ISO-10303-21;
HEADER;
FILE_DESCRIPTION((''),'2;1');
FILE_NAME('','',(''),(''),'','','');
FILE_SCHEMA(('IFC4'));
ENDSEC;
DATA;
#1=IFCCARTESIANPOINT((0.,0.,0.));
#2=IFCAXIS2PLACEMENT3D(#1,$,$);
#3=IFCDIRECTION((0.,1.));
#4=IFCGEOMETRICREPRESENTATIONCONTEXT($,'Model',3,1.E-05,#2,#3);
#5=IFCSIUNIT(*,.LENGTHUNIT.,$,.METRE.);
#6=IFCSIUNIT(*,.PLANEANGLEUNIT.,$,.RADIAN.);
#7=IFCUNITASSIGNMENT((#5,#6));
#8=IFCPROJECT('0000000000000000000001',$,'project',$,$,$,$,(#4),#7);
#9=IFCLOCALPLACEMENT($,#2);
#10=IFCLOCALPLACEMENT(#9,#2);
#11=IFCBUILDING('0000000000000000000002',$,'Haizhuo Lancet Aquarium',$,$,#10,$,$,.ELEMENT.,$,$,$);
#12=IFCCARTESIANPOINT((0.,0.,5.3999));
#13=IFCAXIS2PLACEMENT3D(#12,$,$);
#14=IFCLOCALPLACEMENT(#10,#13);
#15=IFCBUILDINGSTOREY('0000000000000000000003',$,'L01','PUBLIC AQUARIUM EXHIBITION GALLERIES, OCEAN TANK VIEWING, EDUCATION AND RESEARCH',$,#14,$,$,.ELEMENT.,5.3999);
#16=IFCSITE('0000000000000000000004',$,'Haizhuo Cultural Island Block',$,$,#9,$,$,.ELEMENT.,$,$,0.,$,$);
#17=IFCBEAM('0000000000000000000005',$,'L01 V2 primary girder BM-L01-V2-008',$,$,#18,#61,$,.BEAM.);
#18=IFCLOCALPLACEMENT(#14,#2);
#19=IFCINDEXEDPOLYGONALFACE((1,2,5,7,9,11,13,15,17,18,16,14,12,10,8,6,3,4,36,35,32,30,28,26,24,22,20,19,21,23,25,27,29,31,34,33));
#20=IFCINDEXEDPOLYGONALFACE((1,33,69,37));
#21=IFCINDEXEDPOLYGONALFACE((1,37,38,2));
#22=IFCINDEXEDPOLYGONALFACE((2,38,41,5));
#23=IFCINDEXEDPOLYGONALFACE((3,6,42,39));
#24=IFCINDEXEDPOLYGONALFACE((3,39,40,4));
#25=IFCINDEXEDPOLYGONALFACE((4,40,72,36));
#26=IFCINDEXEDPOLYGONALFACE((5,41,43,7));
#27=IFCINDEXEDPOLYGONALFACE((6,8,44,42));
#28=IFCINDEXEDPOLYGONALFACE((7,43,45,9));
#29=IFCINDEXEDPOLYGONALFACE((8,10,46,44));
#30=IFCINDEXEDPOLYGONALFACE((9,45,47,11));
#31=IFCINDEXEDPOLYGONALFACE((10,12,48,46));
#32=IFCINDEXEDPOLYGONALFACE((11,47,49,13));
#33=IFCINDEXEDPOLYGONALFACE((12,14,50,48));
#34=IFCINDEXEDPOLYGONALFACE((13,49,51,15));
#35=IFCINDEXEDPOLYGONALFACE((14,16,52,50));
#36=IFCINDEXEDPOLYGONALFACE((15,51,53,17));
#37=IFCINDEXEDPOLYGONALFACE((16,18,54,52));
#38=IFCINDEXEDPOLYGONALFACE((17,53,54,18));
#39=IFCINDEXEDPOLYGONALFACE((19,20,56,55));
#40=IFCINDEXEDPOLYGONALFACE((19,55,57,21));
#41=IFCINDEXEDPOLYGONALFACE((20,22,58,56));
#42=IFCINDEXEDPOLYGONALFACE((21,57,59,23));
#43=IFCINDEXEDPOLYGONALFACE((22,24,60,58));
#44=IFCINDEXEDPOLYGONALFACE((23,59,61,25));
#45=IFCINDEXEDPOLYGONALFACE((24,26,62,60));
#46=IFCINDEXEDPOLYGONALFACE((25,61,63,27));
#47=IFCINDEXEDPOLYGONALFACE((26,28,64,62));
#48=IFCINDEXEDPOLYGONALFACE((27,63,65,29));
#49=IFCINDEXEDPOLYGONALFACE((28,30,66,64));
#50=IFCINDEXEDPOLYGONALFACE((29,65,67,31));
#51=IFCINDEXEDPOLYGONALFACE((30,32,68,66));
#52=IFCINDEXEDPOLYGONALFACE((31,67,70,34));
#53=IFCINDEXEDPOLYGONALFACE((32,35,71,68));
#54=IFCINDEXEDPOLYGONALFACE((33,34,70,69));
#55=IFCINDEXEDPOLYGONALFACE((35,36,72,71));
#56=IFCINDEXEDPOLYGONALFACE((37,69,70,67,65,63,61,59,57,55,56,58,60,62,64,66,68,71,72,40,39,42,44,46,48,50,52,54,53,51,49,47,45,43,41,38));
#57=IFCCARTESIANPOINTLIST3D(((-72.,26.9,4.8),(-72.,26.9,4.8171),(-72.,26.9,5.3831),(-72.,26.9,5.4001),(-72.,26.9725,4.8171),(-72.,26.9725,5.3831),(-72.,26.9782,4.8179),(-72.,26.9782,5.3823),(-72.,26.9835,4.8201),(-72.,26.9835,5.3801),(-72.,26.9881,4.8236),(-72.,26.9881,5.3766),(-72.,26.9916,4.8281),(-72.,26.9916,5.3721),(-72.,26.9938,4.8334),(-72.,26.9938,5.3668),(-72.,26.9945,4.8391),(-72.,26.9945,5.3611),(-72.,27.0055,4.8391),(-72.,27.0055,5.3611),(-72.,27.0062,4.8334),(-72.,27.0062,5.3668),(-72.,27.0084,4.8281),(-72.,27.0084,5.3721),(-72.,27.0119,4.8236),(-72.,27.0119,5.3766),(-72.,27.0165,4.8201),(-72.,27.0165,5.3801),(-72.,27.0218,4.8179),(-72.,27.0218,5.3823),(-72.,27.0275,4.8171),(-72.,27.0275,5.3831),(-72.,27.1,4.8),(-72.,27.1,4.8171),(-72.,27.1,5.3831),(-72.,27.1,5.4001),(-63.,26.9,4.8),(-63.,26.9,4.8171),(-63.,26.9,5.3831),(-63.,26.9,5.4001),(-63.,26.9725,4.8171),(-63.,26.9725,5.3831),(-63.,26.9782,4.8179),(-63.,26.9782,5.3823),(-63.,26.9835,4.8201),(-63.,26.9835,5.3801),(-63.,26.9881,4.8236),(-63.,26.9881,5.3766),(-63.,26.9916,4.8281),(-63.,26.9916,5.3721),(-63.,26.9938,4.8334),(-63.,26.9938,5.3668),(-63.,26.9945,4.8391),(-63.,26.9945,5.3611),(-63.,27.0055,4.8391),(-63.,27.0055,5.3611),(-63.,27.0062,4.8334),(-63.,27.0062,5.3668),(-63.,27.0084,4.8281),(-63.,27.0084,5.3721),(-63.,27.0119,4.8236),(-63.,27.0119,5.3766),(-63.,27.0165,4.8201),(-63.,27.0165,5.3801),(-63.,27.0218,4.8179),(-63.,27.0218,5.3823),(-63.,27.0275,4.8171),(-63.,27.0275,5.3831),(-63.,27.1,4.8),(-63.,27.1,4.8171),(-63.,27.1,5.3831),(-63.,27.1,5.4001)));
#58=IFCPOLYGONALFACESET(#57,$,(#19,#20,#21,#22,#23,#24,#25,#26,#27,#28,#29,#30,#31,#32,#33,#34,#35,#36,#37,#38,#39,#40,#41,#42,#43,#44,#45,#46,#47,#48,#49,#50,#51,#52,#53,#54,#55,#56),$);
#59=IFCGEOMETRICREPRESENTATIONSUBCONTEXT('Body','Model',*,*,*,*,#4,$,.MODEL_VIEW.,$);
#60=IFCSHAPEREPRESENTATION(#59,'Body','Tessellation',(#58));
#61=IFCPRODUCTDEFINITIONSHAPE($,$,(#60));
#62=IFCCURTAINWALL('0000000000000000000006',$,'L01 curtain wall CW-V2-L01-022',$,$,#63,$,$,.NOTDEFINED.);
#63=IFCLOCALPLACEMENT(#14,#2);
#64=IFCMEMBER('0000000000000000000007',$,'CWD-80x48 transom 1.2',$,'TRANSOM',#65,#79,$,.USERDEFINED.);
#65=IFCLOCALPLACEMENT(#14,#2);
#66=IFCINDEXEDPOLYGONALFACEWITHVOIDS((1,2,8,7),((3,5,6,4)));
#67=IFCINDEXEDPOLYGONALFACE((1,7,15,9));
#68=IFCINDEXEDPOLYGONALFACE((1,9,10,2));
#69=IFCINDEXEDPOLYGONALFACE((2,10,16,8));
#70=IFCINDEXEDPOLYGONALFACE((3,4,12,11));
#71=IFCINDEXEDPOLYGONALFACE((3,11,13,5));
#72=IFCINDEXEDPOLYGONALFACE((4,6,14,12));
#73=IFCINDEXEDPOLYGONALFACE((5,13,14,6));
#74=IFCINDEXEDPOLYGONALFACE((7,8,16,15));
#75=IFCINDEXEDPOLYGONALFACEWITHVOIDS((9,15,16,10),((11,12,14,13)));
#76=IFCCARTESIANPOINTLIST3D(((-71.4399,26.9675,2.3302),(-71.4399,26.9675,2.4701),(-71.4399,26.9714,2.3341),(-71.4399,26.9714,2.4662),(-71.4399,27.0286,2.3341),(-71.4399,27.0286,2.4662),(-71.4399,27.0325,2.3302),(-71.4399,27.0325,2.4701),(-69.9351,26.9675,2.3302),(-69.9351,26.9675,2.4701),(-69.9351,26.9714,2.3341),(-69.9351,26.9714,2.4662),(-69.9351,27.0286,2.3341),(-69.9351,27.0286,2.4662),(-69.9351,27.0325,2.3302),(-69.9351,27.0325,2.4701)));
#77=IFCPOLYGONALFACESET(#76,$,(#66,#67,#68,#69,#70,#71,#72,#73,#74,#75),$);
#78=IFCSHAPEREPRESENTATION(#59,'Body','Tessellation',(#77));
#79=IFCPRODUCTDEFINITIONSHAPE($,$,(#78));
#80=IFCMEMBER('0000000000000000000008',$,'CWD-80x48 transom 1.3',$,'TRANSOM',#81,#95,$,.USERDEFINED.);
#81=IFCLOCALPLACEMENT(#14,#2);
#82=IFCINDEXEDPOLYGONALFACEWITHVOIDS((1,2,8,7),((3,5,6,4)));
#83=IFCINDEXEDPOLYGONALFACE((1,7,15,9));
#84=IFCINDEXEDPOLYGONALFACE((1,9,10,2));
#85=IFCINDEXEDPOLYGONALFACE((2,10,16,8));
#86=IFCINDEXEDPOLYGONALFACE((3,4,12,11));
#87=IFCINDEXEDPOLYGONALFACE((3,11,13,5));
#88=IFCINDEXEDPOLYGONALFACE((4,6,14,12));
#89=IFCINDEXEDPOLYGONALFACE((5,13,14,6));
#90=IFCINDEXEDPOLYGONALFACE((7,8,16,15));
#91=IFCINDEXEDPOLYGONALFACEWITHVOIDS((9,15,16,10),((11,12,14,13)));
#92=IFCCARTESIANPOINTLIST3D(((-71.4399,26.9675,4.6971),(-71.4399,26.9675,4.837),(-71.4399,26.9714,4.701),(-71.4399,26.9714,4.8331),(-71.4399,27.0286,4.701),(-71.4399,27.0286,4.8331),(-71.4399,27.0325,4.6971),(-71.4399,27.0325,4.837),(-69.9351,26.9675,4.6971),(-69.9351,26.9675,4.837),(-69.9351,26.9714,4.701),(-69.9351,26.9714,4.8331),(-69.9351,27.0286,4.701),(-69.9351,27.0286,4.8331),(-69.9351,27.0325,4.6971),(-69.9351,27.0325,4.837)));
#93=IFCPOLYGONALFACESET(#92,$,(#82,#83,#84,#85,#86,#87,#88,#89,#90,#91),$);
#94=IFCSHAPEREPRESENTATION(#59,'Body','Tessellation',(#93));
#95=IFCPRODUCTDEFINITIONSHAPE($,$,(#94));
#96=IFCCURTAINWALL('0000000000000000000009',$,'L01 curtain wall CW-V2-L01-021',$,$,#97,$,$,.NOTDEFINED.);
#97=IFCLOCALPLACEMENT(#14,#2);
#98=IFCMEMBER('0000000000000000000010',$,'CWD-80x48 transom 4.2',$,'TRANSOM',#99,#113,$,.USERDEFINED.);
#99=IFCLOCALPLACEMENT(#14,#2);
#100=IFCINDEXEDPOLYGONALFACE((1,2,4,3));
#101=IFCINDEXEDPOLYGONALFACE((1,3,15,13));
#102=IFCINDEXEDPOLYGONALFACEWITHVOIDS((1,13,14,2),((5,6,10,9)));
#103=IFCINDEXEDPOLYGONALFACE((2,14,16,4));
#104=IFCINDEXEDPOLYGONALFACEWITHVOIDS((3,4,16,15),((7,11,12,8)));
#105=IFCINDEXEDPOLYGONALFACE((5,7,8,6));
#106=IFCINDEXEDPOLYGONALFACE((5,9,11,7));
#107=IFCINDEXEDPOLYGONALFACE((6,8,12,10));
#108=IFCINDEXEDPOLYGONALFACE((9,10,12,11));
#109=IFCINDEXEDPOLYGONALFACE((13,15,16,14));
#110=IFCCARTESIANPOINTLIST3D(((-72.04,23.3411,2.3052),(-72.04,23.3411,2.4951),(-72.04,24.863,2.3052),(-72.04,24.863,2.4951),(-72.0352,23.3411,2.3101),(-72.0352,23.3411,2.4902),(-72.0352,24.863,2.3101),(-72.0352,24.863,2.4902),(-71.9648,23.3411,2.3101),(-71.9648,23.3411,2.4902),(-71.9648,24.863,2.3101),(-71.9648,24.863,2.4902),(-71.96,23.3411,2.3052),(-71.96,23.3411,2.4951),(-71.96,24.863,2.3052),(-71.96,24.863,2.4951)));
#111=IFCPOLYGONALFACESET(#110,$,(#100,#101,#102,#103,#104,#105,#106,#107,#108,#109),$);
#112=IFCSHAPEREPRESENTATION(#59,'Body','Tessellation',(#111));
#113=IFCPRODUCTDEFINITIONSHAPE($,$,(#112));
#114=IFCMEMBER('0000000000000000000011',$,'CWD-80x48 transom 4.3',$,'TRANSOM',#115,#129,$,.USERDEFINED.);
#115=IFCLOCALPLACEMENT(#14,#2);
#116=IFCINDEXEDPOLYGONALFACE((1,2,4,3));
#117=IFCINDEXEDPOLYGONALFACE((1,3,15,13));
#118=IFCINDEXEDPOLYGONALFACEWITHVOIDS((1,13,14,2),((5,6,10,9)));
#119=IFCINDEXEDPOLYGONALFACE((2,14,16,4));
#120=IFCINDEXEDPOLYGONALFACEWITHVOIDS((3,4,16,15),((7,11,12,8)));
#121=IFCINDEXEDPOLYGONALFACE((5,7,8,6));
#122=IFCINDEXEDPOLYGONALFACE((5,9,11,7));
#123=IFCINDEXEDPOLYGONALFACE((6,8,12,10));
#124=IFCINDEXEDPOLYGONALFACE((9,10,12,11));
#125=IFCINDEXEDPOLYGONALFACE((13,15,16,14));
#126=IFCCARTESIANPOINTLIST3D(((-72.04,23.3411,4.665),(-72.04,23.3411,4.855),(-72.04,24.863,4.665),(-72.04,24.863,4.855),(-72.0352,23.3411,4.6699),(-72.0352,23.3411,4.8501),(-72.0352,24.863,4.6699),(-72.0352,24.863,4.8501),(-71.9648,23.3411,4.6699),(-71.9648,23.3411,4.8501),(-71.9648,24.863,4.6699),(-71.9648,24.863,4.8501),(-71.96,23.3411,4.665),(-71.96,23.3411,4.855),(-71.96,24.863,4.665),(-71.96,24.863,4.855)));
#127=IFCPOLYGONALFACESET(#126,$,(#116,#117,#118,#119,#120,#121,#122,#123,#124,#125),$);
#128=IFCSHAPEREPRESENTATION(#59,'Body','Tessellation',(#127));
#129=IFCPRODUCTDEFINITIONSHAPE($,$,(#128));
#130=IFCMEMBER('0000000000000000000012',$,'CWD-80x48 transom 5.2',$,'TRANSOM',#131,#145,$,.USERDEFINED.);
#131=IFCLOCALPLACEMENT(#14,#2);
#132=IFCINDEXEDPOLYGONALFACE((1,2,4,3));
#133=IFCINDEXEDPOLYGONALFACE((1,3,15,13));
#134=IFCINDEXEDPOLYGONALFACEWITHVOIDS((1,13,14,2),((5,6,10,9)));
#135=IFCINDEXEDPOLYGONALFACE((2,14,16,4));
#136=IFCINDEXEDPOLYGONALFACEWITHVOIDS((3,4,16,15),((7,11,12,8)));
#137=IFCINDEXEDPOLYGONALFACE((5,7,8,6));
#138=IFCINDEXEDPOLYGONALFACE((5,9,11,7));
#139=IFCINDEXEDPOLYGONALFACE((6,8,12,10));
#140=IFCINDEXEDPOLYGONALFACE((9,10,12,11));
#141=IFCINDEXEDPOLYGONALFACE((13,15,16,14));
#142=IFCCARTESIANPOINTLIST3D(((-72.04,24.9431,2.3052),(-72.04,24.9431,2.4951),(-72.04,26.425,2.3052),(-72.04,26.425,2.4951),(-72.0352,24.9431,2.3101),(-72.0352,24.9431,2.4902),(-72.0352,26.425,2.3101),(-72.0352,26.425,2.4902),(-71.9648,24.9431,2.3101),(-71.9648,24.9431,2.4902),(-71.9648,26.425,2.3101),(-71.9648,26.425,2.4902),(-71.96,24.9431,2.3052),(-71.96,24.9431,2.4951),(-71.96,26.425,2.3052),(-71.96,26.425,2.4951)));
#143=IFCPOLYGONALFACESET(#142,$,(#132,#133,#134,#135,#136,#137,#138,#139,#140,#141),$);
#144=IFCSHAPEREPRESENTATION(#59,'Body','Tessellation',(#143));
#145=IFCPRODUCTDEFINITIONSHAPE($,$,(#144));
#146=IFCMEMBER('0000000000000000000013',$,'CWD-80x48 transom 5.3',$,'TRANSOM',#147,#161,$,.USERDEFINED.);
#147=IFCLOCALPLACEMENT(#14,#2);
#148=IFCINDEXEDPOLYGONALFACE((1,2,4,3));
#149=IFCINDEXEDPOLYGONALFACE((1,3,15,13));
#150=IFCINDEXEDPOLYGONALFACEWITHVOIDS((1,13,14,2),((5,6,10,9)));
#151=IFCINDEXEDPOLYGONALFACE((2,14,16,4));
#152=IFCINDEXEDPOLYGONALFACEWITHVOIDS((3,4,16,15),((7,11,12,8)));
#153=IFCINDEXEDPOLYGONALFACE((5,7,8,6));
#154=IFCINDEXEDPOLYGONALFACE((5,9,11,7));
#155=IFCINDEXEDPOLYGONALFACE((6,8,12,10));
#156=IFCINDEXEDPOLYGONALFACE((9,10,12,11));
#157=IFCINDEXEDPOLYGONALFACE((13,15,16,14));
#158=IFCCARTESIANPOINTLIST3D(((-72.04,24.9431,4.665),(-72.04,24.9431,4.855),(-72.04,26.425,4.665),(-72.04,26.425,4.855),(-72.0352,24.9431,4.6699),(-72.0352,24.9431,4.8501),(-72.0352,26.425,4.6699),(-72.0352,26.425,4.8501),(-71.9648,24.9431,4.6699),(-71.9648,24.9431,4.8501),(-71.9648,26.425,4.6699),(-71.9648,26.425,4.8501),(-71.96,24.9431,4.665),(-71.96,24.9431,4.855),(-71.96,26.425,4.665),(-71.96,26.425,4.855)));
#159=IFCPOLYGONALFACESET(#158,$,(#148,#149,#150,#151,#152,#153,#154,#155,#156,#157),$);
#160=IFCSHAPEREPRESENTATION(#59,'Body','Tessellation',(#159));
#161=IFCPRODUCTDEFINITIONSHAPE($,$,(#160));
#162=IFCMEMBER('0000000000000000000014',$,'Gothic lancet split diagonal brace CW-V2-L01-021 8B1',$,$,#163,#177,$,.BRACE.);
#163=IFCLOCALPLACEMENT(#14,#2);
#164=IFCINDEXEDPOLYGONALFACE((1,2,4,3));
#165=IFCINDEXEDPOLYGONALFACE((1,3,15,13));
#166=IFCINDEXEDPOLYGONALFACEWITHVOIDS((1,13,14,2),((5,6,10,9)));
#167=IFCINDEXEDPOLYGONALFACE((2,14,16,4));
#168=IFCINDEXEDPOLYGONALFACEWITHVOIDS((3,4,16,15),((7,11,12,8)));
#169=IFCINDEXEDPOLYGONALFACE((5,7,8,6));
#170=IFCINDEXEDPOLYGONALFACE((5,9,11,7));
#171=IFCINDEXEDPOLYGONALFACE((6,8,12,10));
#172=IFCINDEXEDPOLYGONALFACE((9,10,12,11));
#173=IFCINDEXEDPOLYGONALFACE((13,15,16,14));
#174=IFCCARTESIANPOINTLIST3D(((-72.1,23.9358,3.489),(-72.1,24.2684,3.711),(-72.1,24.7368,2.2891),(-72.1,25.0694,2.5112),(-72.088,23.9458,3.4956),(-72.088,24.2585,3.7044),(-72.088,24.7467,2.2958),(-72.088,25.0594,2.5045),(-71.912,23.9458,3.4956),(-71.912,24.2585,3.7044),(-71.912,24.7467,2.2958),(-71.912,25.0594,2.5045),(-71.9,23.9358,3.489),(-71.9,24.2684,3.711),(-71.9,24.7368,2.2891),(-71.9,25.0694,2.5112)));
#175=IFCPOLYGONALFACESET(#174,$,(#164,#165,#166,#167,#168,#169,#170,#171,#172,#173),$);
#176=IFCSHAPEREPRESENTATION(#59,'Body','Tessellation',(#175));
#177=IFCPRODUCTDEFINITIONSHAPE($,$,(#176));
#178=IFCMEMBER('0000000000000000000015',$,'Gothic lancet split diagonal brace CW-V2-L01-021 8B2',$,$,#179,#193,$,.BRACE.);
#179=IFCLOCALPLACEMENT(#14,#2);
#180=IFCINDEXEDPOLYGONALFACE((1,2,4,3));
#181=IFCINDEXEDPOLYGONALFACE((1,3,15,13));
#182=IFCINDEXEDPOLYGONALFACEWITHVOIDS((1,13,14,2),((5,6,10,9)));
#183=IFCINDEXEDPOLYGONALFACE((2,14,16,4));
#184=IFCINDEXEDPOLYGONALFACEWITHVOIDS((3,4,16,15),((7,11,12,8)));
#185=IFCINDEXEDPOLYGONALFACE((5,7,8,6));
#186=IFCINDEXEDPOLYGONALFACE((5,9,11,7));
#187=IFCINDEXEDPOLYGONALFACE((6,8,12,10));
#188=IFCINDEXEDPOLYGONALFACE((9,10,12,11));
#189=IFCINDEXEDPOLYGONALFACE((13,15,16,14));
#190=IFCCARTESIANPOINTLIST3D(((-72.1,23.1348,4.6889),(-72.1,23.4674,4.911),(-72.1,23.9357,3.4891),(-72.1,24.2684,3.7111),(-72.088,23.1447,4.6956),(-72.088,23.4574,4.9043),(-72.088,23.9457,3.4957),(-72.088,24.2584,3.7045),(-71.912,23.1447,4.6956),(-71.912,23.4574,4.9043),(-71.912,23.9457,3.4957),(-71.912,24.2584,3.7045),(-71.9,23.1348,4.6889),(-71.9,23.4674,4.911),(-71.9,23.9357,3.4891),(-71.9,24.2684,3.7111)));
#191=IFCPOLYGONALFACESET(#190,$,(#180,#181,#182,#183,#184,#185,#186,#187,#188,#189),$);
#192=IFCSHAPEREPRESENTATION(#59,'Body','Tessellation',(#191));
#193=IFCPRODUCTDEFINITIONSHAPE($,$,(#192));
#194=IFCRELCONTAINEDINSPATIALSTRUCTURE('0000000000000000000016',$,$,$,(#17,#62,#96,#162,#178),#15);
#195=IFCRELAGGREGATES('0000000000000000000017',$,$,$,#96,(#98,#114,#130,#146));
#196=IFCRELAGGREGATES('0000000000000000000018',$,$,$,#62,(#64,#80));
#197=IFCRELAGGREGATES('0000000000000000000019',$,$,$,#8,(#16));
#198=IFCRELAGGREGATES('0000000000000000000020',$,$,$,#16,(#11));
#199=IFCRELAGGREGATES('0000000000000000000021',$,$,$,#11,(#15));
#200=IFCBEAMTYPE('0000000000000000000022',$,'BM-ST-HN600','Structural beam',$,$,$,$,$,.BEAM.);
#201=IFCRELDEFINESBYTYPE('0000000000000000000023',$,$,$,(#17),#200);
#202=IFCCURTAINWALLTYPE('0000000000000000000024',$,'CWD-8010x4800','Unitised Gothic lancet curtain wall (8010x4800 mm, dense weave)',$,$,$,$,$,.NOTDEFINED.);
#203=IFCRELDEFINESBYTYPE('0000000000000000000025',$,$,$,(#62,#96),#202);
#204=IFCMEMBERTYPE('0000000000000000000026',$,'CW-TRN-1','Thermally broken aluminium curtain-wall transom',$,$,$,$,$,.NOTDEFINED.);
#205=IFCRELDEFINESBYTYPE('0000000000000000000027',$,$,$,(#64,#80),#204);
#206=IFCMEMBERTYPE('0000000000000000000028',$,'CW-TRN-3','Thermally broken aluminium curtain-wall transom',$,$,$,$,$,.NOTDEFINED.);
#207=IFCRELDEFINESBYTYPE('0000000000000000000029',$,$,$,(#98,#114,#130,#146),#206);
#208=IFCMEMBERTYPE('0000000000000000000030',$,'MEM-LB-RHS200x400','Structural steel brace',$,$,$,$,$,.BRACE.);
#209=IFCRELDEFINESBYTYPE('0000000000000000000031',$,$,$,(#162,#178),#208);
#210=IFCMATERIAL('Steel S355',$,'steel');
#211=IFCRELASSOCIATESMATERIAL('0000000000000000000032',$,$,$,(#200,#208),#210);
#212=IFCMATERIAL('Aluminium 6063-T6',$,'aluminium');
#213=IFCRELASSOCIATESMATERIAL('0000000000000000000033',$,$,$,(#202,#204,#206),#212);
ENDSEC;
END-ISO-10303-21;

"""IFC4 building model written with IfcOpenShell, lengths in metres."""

from ifc_helpers import new_model, si_unit, direction, frame, origin, origin_2d, place, context, subcontext, project, spatial, hollow_rectangle, i_section, extrude, material, material_profile, profile_set, type_object, element, aggregate, save


model = new_model("IFC4")

# Units and contexts
model_context = context("Model", 3, precision=1e-05, world=origin(), true_north=direction((0.0, 1.0)))
body_context = subcontext(model_context, "Body", "Model", "MODEL_VIEW")
ifc_project = project(units=[si_unit("LENGTHUNIT", "METRE"), si_unit("PLANEANGLEUNIT", "RADIAN")], contexts=[model_context])

# Site, building, storey
site_placement = place(None, origin())
site = spatial("IfcSite", under=ifc_project, at=site_placement, Name="Haizhuo Cultural Island Block", CompositionType="ELEMENT", RefElevation=0.0)
building_placement = place(site_placement, origin())
building = spatial("IfcBuilding", under=site, at=building_placement, Name="Haizhuo Lancet Aquarium", CompositionType="ELEMENT")
storey_placement = place(building_placement, frame((0.0, 0.0, 5.3999)))
storey = spatial("IfcBuildingStorey", under=building, at=storey_placement, Name="L01", Description="PUBLIC AQUARIUM EXHIBITION GALLERIES, OCEAN TANK VIEWING, EDUCATION AND RESEARCH", CompositionType="ELEMENT", Elevation=5.3999)

# Beam
ifc_material_1 = material(Name="Steel S355", Category="steel")
ifc_material_profile_1 = material_profile(ifc_material_1, i_section(OverallWidth=0.2, OverallDepth=0.6001, WebThickness=0.011, FlangeThickness=0.0171, FilletRadius=0.022, at=origin_2d()), Name="HN 600x200x11x17")
ifc_profile_set_1 = profile_set([ifc_material_profile_1], Name="Steel S355")
beam_type = type_object("IfcBeamType", Name="BM-ST-HN600", Description="Structural beam", PredefinedType="BEAM", material=ifc_profile_set_1)
beam_placement = place(storey_placement, frame((-72.0, 27.0, 5.1001), z_axis=(1.0, 0.0, 0.0), x_axis=(0.0, 1.0, 0.0)))
element("IfcBeam", 1, at=beam_placement, inside=storey, type_object=beam_type, Name="L01 V2 primary girder BM-L01-V2-008", PredefinedType="BEAM", context=body_context, shape_type="SweptSolid", body=[
    extrude(i_section(OverallWidth=0.2, OverallDepth=0.6001, WebThickness=0.011, FlangeThickness=0.0171, FilletRadius=0.022, at=origin_2d()), origin(), (0.0, 0.0, 1.0), 9.0),
])

# Curtain walls, members
ifc_material_2 = material(Name="Aluminium 6063-T6", Category="aluminium")
curtain_wall_type = type_object("IfcCurtainWallType", Name="CWD-8010x4800", Description="Unitised Gothic lancet curtain wall (8010x4800 mm, dense weave)", PredefinedType="NOTDEFINED", material=ifc_material_2)
curtain_wall_1_placement = place(storey_placement, origin())
curtain_wall_1 = element("IfcCurtainWall", 2, at=curtain_wall_1_placement, inside=storey, type_object=curtain_wall_type, Name="L01 curtain wall CW-V2-L01-022", PredefinedType="NOTDEFINED")
ifc_material_profile_2 = material_profile(ifc_material_2, hollow_rectangle(XDim=0.0649, YDim=0.1399, WallThickness=0.0039, at=origin_2d()), Name="ALU-T 65x140x4")
ifc_profile_set_2 = profile_set([ifc_material_profile_2], Name="Aluminium 6063-T6")
member_type_1 = type_object("IfcMemberType", Name="CW-TRN-1", Description="Thermally broken aluminium curtain-wall transom", PredefinedType="NOTDEFINED", material=ifc_profile_set_2)
member_1_placement = place(storey_placement, frame((-71.4399, 27.0, 2.4001), z_axis=(1.0, 0.0, 0.0), x_axis=(0.0, 1.0, 0.0)))
member_1 = element("IfcMember", 3, at=member_1_placement, type_object=member_type_1, Name="CWD-80x48 transom 1.2", ObjectType="TRANSOM", PredefinedType="USERDEFINED", context=body_context, shape_type="SweptSolid", body=[
    extrude(hollow_rectangle(XDim=0.0649, YDim=0.1399, WallThickness=0.0039, at=origin_2d()), origin(), (0.0, 0.0, 1.0), 1.5049),
])
member_2_placement = place(storey_placement, frame((-71.4399, 27.0, 4.7671), z_axis=(1.0, 0.0, 0.0), x_axis=(0.0, 1.0, 0.0)))
member_2 = element("IfcMember", 4, at=member_2_placement, type_object=member_type_1, Name="CWD-80x48 transom 1.3", ObjectType="TRANSOM", PredefinedType="USERDEFINED", context=body_context, shape_type="SweptSolid", body=[
    extrude(hollow_rectangle(XDim=0.0649, YDim=0.1399, WallThickness=0.0039, at=origin_2d()), origin(), (0.0, 0.0, 1.0), 1.5049),
])
curtain_wall_2_placement = place(storey_placement, origin())
curtain_wall_2 = element("IfcCurtainWall", 5, at=curtain_wall_2_placement, inside=storey, type_object=curtain_wall_type, Name="L01 curtain wall CW-V2-L01-021", PredefinedType="NOTDEFINED")
ifc_material_profile_3 = material_profile(ifc_material_2, hollow_rectangle(XDim=0.0801, YDim=0.1899, WallThickness=0.0049, at=origin_2d()), Name="ALU-T 80x190x5")
ifc_profile_set_3 = profile_set([ifc_material_profile_3], Name="Aluminium 6063-T6")
member_type_2 = type_object("IfcMemberType", Name="CW-TRN-3", Description="Thermally broken aluminium curtain-wall transom", PredefinedType="NOTDEFINED", material=ifc_profile_set_3)
member_3_placement = place(storey_placement, frame((-72.0, 23.3411, 2.4001), z_axis=(0.0, 1.0, 0.0), x_axis=(-1.0, 0.0, 0.0)))
member_3 = element("IfcMember", 6, at=member_3_placement, type_object=member_type_2, Name="CWD-80x48 transom 4.2", ObjectType="TRANSOM", PredefinedType="USERDEFINED", context=body_context, shape_type="SweptSolid", body=[
    extrude(hollow_rectangle(XDim=0.0801, YDim=0.1899, WallThickness=0.0049, at=origin_2d()), origin(), (0.0, 0.0, 1.0), 1.522),
])
member_4_placement = place(storey_placement, frame((-72.0, 23.3411, 4.76), z_axis=(0.0, 1.0, 0.0), x_axis=(-1.0, 0.0, 0.0)))
member_4 = element("IfcMember", 7, at=member_4_placement, type_object=member_type_2, Name="CWD-80x48 transom 4.3", ObjectType="TRANSOM", PredefinedType="USERDEFINED", context=body_context, shape_type="SweptSolid", body=[
    extrude(hollow_rectangle(XDim=0.0801, YDim=0.1899, WallThickness=0.0049, at=origin_2d()), origin(), (0.0, 0.0, 1.0), 1.522),
])
member_5_placement = place(storey_placement, frame((-72.0, 24.9431, 2.4001), z_axis=(0.0, 1.0, 0.0), x_axis=(-1.0, 0.0, 0.0)))
member_5 = element("IfcMember", 8, at=member_5_placement, type_object=member_type_2, Name="CWD-80x48 transom 5.2", ObjectType="TRANSOM", PredefinedType="USERDEFINED", context=body_context, shape_type="SweptSolid", body=[
    extrude(hollow_rectangle(XDim=0.0801, YDim=0.1899, WallThickness=0.0049, at=origin_2d()), origin(), (0.0, 0.0, 1.0), 1.4819),
])
member_6_placement = place(storey_placement, frame((-72.0, 24.9431, 4.76), z_axis=(0.0, 1.0, 0.0), x_axis=(-1.0, 0.0, 0.0)))
member_6 = element("IfcMember", 9, at=member_6_placement, type_object=member_type_2, Name="CWD-80x48 transom 5.3", ObjectType="TRANSOM", PredefinedType="USERDEFINED", context=body_context, shape_type="SweptSolid", body=[
    extrude(hollow_rectangle(XDim=0.0801, YDim=0.1899, WallThickness=0.0049, at=origin_2d()), origin(), (0.0, 0.0, 1.0), 1.4819),
])

# Members
ifc_material_profile_4 = material_profile(ifc_material_1, hollow_rectangle(XDim=0.2, YDim=0.3999, WallThickness=0.012, at=origin_2d()), Name="RHS 200x400x12")
ifc_profile_set_4 = profile_set([ifc_material_profile_4], Name="Steel S355")
member_type_3 = type_object("IfcMemberType", Name="MEM-LB-RHS200x400", Description="Structural steel brace", PredefinedType="BRACE", material=ifc_profile_set_4)
for number, where, z_axis, x_axis, name in (
    (10, (-72.0, 24.9031, 2.4001), (0.0, -0.555208, 0.831712), (1.0, 0.0, 0.0), "Gothic lancet split diagonal brace CW-V2-L01-021 8B1"),
    (11, (-72.0, 24.1021, 3.6001), (0.0, -0.555208, 0.831712), (1.0, 0.0, 0.0), "Gothic lancet split diagonal brace CW-V2-L01-021 8B2"),
):
    element("IfcMember", number, at=place(storey_placement, frame(where, z_axis=z_axis, x_axis=x_axis)), inside=storey, type_object=member_type_3, Name=name, PredefinedType="BRACE", context=body_context, shape_type="SweptSolid", body=[
        extrude(hollow_rectangle(XDim=0.2, YDim=0.3999, WallThickness=0.012, at=origin_2d()), origin(), (0.0, 0.0, 1.0), 1.4426),
    ])

aggregate(curtain_wall_2, [member_3, member_4, member_5, member_6])
aggregate(curtain_wall_1, [member_1, member_2])

save(model, "model.ifc")
